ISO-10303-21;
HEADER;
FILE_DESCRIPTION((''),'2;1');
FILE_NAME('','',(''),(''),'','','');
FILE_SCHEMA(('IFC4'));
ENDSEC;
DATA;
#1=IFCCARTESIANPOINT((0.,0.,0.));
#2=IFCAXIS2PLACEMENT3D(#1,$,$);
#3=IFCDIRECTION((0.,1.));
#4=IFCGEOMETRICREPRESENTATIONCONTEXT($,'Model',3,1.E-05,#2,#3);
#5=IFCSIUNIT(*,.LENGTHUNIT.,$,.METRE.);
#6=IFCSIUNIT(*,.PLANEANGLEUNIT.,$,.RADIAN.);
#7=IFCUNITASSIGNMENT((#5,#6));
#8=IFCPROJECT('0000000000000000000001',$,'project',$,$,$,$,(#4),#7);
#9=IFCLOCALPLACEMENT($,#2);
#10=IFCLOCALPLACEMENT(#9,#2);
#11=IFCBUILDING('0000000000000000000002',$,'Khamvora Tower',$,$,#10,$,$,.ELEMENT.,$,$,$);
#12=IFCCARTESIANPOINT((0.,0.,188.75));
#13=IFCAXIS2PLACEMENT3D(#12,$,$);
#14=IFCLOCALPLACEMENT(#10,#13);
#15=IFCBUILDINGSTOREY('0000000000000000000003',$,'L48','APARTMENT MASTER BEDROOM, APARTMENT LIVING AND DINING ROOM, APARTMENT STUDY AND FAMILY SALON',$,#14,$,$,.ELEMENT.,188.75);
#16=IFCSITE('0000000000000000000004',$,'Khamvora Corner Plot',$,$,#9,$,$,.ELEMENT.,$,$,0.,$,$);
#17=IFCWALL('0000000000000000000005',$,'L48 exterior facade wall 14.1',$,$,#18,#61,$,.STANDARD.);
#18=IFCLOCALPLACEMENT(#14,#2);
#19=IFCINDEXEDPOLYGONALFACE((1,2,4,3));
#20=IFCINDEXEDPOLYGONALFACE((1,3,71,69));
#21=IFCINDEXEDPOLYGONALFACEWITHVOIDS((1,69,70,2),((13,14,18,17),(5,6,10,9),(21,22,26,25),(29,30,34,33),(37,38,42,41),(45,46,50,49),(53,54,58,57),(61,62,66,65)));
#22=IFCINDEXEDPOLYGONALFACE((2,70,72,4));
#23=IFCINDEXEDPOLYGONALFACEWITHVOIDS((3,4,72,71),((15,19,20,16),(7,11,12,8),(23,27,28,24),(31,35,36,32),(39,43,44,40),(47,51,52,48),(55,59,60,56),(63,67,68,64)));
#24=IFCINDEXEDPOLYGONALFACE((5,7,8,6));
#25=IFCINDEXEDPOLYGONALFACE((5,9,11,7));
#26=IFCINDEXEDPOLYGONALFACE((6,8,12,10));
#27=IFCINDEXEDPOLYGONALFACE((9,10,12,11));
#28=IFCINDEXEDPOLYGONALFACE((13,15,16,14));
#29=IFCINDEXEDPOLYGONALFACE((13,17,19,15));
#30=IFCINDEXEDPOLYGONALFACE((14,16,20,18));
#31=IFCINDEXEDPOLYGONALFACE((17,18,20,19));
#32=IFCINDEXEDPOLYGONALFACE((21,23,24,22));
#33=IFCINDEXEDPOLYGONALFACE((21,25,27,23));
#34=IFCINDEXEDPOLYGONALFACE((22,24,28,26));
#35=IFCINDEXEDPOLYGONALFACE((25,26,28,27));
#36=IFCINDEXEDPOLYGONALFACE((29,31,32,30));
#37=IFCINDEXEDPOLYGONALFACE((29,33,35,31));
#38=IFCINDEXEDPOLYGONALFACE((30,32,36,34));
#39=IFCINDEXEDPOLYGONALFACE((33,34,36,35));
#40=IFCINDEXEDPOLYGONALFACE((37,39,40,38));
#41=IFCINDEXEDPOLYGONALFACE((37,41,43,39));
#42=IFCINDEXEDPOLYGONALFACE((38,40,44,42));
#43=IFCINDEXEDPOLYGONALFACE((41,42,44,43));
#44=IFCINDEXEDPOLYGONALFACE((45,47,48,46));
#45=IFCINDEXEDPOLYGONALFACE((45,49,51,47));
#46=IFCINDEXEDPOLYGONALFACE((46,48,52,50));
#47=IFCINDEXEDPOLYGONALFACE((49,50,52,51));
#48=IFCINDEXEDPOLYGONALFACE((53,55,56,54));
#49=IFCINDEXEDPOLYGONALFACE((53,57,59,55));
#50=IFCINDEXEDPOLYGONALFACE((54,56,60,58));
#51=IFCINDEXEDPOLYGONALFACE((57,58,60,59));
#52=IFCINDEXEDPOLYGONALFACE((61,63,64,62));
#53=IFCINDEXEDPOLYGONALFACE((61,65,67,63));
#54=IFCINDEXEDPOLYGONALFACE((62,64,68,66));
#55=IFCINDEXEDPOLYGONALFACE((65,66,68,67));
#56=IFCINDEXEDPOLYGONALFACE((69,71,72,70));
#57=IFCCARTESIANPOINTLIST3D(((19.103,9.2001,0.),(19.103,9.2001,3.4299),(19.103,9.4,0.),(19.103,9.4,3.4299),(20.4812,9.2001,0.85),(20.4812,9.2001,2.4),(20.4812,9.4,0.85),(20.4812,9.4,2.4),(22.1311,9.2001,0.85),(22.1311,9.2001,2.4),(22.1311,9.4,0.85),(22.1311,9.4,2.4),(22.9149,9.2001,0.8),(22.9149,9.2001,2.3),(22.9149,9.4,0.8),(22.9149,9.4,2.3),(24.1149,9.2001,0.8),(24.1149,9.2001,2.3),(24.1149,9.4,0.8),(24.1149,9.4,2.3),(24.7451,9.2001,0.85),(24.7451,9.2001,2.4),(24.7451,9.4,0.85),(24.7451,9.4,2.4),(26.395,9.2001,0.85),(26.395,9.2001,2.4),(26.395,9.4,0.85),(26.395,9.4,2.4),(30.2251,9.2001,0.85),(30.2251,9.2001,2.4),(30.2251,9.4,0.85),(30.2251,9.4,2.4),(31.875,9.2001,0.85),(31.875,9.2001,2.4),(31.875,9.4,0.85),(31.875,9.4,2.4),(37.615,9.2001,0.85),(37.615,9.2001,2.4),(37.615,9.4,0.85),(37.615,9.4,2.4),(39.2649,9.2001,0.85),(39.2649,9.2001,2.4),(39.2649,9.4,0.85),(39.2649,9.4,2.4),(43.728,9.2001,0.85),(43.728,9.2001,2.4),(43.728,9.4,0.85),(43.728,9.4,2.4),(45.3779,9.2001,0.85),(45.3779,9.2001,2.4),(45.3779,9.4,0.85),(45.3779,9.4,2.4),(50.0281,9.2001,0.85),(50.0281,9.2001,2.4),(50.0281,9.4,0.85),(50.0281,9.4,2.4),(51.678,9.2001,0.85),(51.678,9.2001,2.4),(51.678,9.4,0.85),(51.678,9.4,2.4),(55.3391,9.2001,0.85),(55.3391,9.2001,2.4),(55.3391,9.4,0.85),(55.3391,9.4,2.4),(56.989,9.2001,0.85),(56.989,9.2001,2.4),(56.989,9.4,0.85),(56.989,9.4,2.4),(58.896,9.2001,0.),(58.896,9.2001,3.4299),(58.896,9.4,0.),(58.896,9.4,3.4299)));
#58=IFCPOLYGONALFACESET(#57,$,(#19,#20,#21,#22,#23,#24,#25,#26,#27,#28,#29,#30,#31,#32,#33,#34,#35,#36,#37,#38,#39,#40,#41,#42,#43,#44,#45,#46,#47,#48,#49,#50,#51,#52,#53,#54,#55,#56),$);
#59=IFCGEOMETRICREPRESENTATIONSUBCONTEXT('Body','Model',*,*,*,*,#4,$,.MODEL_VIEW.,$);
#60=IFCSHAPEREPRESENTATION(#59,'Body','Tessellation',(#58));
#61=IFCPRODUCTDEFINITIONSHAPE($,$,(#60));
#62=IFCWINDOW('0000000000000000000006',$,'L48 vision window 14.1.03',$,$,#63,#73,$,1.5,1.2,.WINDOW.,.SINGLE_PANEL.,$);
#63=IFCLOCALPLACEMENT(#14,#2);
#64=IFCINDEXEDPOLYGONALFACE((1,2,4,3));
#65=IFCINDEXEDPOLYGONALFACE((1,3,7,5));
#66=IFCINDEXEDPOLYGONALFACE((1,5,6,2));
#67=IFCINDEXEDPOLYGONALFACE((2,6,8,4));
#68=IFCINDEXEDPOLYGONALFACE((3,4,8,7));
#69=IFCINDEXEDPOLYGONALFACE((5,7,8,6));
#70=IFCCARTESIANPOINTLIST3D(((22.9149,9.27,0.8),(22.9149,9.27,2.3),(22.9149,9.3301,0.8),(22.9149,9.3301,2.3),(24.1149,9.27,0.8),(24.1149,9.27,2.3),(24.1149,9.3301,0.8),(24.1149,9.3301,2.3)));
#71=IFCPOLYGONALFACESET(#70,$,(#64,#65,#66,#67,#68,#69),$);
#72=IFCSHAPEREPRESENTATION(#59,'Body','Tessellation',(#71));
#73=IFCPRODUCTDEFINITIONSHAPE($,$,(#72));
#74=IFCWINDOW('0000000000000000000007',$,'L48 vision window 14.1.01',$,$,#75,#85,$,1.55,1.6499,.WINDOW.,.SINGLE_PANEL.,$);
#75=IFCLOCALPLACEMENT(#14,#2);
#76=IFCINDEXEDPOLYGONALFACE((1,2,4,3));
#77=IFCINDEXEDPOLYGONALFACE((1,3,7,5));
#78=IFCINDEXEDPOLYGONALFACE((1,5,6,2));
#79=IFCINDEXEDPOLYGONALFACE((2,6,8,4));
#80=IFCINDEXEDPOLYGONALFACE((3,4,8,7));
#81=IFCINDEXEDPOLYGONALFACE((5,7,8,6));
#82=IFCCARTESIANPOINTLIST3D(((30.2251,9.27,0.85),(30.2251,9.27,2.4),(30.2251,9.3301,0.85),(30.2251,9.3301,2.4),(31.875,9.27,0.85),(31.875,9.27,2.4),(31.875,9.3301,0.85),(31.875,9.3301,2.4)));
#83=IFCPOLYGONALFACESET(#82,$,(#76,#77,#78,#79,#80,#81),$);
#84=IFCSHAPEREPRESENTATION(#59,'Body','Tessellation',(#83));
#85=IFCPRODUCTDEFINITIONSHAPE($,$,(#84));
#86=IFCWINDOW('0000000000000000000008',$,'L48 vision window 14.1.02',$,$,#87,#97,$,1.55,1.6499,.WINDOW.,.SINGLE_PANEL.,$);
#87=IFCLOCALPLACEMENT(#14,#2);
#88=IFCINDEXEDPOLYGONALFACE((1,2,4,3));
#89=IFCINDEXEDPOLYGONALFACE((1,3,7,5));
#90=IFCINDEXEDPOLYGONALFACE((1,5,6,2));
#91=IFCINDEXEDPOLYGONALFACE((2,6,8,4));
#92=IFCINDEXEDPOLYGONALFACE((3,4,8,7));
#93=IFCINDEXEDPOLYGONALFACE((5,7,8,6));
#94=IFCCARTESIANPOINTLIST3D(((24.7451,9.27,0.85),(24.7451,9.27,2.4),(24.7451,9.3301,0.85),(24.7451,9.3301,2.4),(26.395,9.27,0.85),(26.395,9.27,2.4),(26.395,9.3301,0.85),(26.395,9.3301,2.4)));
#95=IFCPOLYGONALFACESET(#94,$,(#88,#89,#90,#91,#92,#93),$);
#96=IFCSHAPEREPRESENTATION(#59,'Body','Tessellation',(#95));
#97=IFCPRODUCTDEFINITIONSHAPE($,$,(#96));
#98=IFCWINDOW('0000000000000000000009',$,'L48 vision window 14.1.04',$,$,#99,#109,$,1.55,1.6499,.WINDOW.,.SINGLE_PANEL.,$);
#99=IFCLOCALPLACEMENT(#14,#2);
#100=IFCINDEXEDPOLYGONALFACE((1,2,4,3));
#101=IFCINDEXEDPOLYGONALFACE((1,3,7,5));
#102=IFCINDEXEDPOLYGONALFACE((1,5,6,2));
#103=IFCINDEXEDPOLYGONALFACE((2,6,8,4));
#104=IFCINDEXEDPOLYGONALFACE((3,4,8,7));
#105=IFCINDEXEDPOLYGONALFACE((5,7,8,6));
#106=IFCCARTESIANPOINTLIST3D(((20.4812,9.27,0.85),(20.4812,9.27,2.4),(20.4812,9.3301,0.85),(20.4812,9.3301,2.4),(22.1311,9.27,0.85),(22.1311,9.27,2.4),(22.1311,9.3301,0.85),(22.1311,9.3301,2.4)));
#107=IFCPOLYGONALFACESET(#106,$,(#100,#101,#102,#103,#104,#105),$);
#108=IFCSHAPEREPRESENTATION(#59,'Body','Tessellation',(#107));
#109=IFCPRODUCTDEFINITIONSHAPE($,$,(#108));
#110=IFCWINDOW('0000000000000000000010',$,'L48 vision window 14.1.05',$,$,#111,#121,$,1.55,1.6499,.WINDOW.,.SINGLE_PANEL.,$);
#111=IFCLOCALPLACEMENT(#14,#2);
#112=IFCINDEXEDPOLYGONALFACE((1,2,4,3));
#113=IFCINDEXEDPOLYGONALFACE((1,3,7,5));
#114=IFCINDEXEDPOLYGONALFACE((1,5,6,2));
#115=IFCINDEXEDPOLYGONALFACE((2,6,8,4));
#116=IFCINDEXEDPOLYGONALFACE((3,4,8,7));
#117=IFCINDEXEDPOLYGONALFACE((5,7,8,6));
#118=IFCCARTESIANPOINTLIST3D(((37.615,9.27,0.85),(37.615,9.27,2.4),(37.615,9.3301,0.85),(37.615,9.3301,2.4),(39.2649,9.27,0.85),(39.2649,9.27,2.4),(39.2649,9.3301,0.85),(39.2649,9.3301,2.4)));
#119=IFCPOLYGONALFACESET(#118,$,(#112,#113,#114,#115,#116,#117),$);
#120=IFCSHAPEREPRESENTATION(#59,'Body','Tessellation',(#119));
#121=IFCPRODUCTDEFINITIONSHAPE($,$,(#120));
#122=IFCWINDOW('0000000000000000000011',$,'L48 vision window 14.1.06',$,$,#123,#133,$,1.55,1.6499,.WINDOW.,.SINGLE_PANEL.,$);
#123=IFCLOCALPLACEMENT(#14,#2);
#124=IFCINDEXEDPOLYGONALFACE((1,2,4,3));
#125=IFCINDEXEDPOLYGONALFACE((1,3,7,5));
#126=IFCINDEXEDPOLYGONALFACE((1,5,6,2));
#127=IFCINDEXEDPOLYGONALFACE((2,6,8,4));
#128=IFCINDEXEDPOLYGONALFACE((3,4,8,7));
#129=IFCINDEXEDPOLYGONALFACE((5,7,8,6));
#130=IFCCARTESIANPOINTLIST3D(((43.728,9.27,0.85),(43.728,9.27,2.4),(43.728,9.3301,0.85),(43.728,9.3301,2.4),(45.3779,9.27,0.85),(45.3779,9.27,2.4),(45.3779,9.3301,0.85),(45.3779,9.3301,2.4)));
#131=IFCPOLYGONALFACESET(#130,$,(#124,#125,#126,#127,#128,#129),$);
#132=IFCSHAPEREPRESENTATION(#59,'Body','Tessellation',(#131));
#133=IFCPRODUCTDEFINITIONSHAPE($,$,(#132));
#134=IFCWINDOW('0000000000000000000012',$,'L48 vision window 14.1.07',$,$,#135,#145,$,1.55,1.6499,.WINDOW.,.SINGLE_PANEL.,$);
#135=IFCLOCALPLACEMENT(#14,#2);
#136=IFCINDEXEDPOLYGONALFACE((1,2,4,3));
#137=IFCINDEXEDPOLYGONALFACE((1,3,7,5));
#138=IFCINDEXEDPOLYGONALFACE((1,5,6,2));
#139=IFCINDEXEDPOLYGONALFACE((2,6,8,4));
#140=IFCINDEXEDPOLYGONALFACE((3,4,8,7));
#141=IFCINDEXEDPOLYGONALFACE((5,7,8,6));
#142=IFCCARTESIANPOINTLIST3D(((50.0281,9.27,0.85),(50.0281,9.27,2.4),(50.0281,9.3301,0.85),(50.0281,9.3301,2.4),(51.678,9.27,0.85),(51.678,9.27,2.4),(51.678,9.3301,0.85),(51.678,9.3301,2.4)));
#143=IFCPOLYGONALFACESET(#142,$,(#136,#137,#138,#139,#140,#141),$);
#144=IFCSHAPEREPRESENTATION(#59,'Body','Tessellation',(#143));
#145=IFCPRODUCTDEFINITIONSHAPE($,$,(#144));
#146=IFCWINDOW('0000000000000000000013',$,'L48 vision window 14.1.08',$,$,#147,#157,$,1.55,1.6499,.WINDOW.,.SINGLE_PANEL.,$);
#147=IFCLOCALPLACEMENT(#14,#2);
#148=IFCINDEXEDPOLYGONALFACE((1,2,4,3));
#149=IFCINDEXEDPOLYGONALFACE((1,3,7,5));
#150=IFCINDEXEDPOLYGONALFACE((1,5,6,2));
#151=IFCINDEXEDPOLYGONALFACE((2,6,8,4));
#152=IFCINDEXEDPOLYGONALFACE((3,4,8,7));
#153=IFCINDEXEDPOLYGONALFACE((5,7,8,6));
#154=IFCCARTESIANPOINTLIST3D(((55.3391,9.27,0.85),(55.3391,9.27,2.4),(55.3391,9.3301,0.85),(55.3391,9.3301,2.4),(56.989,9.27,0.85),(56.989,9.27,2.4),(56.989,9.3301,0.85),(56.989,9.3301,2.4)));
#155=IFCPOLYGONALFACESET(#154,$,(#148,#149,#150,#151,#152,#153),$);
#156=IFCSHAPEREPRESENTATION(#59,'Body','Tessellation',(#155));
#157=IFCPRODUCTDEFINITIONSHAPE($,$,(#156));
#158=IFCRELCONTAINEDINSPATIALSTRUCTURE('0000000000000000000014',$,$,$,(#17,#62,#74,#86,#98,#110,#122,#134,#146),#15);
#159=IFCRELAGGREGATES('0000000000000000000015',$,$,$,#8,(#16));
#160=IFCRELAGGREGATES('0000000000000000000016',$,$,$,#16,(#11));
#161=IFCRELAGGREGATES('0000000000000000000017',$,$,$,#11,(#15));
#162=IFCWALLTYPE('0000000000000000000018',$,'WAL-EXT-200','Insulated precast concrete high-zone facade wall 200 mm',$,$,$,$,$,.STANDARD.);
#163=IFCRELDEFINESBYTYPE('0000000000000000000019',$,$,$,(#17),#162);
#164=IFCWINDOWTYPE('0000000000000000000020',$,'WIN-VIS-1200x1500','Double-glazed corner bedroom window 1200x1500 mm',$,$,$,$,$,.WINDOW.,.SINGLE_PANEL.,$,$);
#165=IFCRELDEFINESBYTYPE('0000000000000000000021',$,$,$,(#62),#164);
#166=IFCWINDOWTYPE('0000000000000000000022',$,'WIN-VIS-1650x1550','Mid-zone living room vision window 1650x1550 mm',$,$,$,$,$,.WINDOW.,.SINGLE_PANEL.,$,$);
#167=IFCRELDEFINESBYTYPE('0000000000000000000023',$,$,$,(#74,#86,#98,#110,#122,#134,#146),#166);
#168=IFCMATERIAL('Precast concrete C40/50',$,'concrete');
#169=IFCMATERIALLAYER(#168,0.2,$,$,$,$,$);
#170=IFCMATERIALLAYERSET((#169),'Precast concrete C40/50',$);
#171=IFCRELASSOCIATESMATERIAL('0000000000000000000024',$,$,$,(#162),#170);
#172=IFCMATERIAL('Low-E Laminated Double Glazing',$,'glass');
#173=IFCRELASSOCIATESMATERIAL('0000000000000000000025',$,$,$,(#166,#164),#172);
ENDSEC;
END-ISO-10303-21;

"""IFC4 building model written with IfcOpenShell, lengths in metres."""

from ifc_helpers import new_model, si_unit, direction, frame, frame_2d, origin, place, context, subcontext, project, spatial, rectangle, extrude, material, layer, layer_set, type_object, element, fill, save


model = new_model("IFC4")

# Units and contexts
model_context = context("Model", 3, precision=1e-05, world=origin(), true_north=direction((0.0, 1.0)))
body_context = subcontext(model_context, "Body", "Model", "MODEL_VIEW")
ifc_project = project(units=[si_unit("LENGTHUNIT", "METRE"), si_unit("PLANEANGLEUNIT", "RADIAN")], contexts=[model_context])

# Site, building, storey
site_placement = place(None, origin())
site = spatial("IfcSite", under=ifc_project, at=site_placement, Name="Khamvora Corner Plot", CompositionType="ELEMENT", RefElevation=0.0)
building_placement = place(site_placement, origin())
building = spatial("IfcBuilding", under=site, at=building_placement, Name="Khamvora Tower", CompositionType="ELEMENT")
storey_placement = place(building_placement, frame((0.0, 0.0, 188.75)))
storey = spatial("IfcBuildingStorey", under=building, at=storey_placement, Name="L48", Description="APARTMENT MASTER BEDROOM, APARTMENT LIVING AND DINING ROOM, APARTMENT STUDY AND FAMILY SALON", CompositionType="ELEMENT", Elevation=188.75)

# Shared definitions
ifc_material_1 = material(Name="Precast concrete C40/50", Category="concrete")
ifc_layer_1 = layer(ifc_material_1, 0.2)
ifc_layer_set_1 = layer_set([ifc_layer_1], Name="Precast concrete C40/50")
wall_type_1 = type_object("IfcWallType", Name="WAL-EXT-200", Description="Insulated precast concrete high-zone facade wall 200 mm", PredefinedType="STANDARD", material=ifc_layer_set_1)
ifc_material_2 = material(Name="Low-E Laminated Double Glazing", Category="glass")
window_type_1 = type_object("IfcWindowType", Name="WIN-VIS-1650x1550", Description="Mid-zone living room vision window 1650x1550 mm", PartitioningType="SINGLE_PANEL", PredefinedType="WINDOW", material=ifc_material_2)

# Wall, openings, windows
wall_1_placement = place(storey_placement, frame((58.896, 9.3, 0.0), z_axis=(0.0, 0.0, 1.0), x_axis=(-1.0, 0.0, 0.0)))
wall_1 = element("IfcWall", 1, at=wall_1_placement, inside=storey, type_object=wall_type_1, Name="L48 exterior facade wall 14.1", PredefinedType="STANDARD", context=body_context, shape_type="SweptSolid", body=[
    extrude(rectangle(XDim=39.793, YDim=0.2, at=frame_2d((19.8965, 0.0))), origin(), (0.0, 0.0, 1.0), 3.4299),
])
opening_1_placement = place(wall_1_placement, frame((27.021, 0.0, 0.8501)))
opening_1 = element("IfcOpeningElement", 2, at=opening_1_placement, cuts=wall_1, PredefinedType="OPENING", context=body_context, shape_type="SweptSolid", body=[
    extrude(rectangle(XDim=1.6499, YDim=1.55, at=frame_2d((0.825, 0.7749))), frame((0.0, 0.1099, 0.0), z_axis=(0.0, -1.0, 0.0), x_axis=(1.0, 0.0, 0.0)), (0.0, 0.0, 1.0), 0.22),
])
opening_2_placement = place(wall_1_placement, frame((32.501, 0.0, 0.8501)))
opening_2 = element("IfcOpeningElement", 3, at=opening_2_placement, cuts=wall_1, PredefinedType="OPENING", context=body_context, shape_type="SweptSolid", body=[
    extrude(rectangle(XDim=1.6499, YDim=1.55, at=frame_2d((0.825, 0.7749))), frame((0.0, 0.1099, 0.0), z_axis=(0.0, -1.0, 0.0), x_axis=(1.0, 0.0, 0.0)), (0.0, 0.0, 1.0), 0.22),
])
opening_3_placement = place(wall_1_placement, frame((34.781, 0.0, 0.8)))
opening_3 = element("IfcOpeningElement", 4, at=opening_3_placement, cuts=wall_1, PredefinedType="OPENING", context=body_context, shape_type="SweptSolid", body=[
    extrude(rectangle(XDim=1.2, YDim=1.5, at=frame_2d((0.6001, 0.75))), frame((0.0, 0.1099, 0.0), z_axis=(0.0, -1.0, 0.0), x_axis=(1.0, 0.0, 0.0)), (0.0, 0.0, 1.0), 0.22),
])
opening_4_placement = place(wall_1_placement, frame((36.7649, 0.0, 0.8501)))
opening_4 = element("IfcOpeningElement", 5, at=opening_4_placement, cuts=wall_1, PredefinedType="OPENING", context=body_context, shape_type="SweptSolid", body=[
    extrude(rectangle(XDim=1.6499, YDim=1.55, at=frame_2d((0.825, 0.7749))), frame((0.0, 0.1099, 0.0), z_axis=(0.0, -1.0, 0.0), x_axis=(1.0, 0.0, 0.0)), (0.0, 0.0, 1.0), 0.22),
])
opening_5_placement = place(wall_1_placement, frame((19.6311, 0.0, 0.8501)))
opening_5 = element("IfcOpeningElement", 6, at=opening_5_placement, cuts=wall_1, PredefinedType="OPENING", context=body_context, shape_type="SweptSolid", body=[
    extrude(rectangle(XDim=1.6499, YDim=1.55, at=frame_2d((0.825, 0.7749))), frame((0.0, 0.1099, 0.0), z_axis=(0.0, -1.0, 0.0), x_axis=(1.0, 0.0, 0.0)), (0.0, 0.0, 1.0), 0.22),
])
opening_6_placement = place(wall_1_placement, frame((13.5181, 0.0, 0.8501)))
opening_6 = element("IfcOpeningElement", 7, at=opening_6_placement, cuts=wall_1, PredefinedType="OPENING", context=body_context, shape_type="SweptSolid", body=[
    extrude(rectangle(XDim=1.6499, YDim=1.55, at=frame_2d((0.825, 0.7749))), frame((0.0, 0.1099, 0.0), z_axis=(0.0, -1.0, 0.0), x_axis=(1.0, 0.0, 0.0)), (0.0, 0.0, 1.0), 0.22),
])
opening_7_placement = place(wall_1_placement, frame((7.218, 0.0, 0.8501)))
opening_7 = element("IfcOpeningElement", 8, at=opening_7_placement, cuts=wall_1, PredefinedType="OPENING", context=body_context, shape_type="SweptSolid", body=[
    extrude(rectangle(XDim=1.6499, YDim=1.55, at=frame_2d((0.825, 0.7749))), frame((0.0, 0.1099, 0.0), z_axis=(0.0, -1.0, 0.0), x_axis=(1.0, 0.0, 0.0)), (0.0, 0.0, 1.0), 0.22),
])
opening_8_placement = place(wall_1_placement, frame((1.907, 0.0, 0.8501)))
opening_8 = element("IfcOpeningElement", 9, at=opening_8_placement, cuts=wall_1, PredefinedType="OPENING", context=body_context, shape_type="SweptSolid", body=[
    extrude(rectangle(XDim=1.6499, YDim=1.55, at=frame_2d((0.825, 0.7749))), frame((0.0, 0.1099, 0.0), z_axis=(0.0, -1.0, 0.0), x_axis=(1.0, 0.0, 0.0)), (0.0, 0.0, 1.0), 0.22),
])
window_type_2 = type_object("IfcWindowType", Name="WIN-VIS-1200x1500", Description="Double-glazed corner bedroom window 1200x1500 mm", PartitioningType="SINGLE_PANEL", PredefinedType="WINDOW", material=ifc_material_2)
window_1_placement = place(opening_3_placement, origin())
window_1 = element("IfcWindow", 10, at=window_1_placement, inside=storey, type_object=window_type_2, Name="L48 vision window 14.1.03", OverallHeight=1.5, OverallWidth=1.2, PartitioningType="SINGLE_PANEL", PredefinedType="WINDOW", context=body_context, shape_type="SweptSolid", body=[
    extrude(rectangle(XDim=1.2, YDim=1.5, at=frame_2d((0.6001, 0.75))), frame((0.0, 0.03, 0.0), z_axis=(0.0, -1.0, 0.0), x_axis=(1.0, 0.0, 0.0)), (0.0, 0.0, 1.0), 0.0601),
])
fill(opening_3, window_1)
window_2_placement = place(opening_1_placement, origin())
window_2 = element("IfcWindow", 11, at=window_2_placement, inside=storey, type_object=window_type_1, Name="L48 vision window 14.1.01", OverallHeight=1.55, OverallWidth=1.6499, PartitioningType="SINGLE_PANEL", PredefinedType="WINDOW", context=body_context, shape_type="SweptSolid", body=[
    extrude(rectangle(XDim=1.6499, YDim=1.55, at=frame_2d((0.825, 0.7749))), frame((0.0, 0.03, 0.0), z_axis=(0.0, -1.0, 0.0), x_axis=(1.0, 0.0, 0.0)), (0.0, 0.0, 1.0), 0.0601),
])
fill(opening_1, window_2)
window_3_placement = place(opening_2_placement, origin())
window_3 = element("IfcWindow", 12, at=window_3_placement, inside=storey, type_object=window_type_1, Name="L48 vision window 14.1.02", OverallHeight=1.55, OverallWidth=1.6499, PartitioningType="SINGLE_PANEL", PredefinedType="WINDOW", context=body_context, shape_type="SweptSolid", body=[
    extrude(rectangle(XDim=1.6499, YDim=1.55, at=frame_2d((0.825, 0.7749))), frame((0.0, 0.03, 0.0), z_axis=(0.0, -1.0, 0.0), x_axis=(1.0, 0.0, 0.0)), (0.0, 0.0, 1.0), 0.0601),
])
fill(opening_2, window_3)
window_4_placement = place(opening_4_placement, origin())
window_4 = element("IfcWindow", 13, at=window_4_placement, inside=storey, type_object=window_type_1, Name="L48 vision window 14.1.04", OverallHeight=1.55, OverallWidth=1.6499, PartitioningType="SINGLE_PANEL", PredefinedType="WINDOW", context=body_context, shape_type="SweptSolid", body=[
    extrude(rectangle(XDim=1.6499, YDim=1.55, at=frame_2d((0.825, 0.7749))), frame((0.0, 0.03, 0.0), z_axis=(0.0, -1.0, 0.0), x_axis=(1.0, 0.0, 0.0)), (0.0, 0.0, 1.0), 0.0601),
])
fill(opening_4, window_4)
window_5_placement = place(opening_5_placement, origin())
window_5 = element("IfcWindow", 14, at=window_5_placement, inside=storey, type_object=window_type_1, Name="L48 vision window 14.1.05", OverallHeight=1.55, OverallWidth=1.6499, PartitioningType="SINGLE_PANEL", PredefinedType="WINDOW", context=body_context, shape_type="SweptSolid", body=[
    extrude(rectangle(XDim=1.6499, YDim=1.55, at=frame_2d((0.825, 0.7749))), frame((0.0, 0.03, 0.0), z_axis=(0.0, -1.0, 0.0), x_axis=(1.0, 0.0, 0.0)), (0.0, 0.0, 1.0), 0.0601),
])
fill(opening_5, window_5)
window_6_placement = place(opening_6_placement, origin())
window_6 = element("IfcWindow", 15, at=window_6_placement, inside=storey, type_object=window_type_1, Name="L48 vision window 14.1.06", OverallHeight=1.55, OverallWidth=1.6499, PartitioningType="SINGLE_PANEL", PredefinedType="WINDOW", context=body_context, shape_type="SweptSolid", body=[
    extrude(rectangle(XDim=1.6499, YDim=1.55, at=frame_2d((0.825, 0.7749))), frame((0.0, 0.03, 0.0), z_axis=(0.0, -1.0, 0.0), x_axis=(1.0, 0.0, 0.0)), (0.0, 0.0, 1.0), 0.0601),
])
fill(opening_6, window_6)
window_7_placement = place(opening_7_placement, origin())
window_7 = element("IfcWindow", 16, at=window_7_placement, inside=storey, type_object=window_type_1, Name="L48 vision window 14.1.07", OverallHeight=1.55, OverallWidth=1.6499, PartitioningType="SINGLE_PANEL", PredefinedType="WINDOW", context=body_context, shape_type="SweptSolid", body=[
    extrude(rectangle(XDim=1.6499, YDim=1.55, at=frame_2d((0.825, 0.7749))), frame((0.0, 0.03, 0.0), z_axis=(0.0, -1.0, 0.0), x_axis=(1.0, 0.0, 0.0)), (0.0, 0.0, 1.0), 0.0601),
])
fill(opening_7, window_7)
window_8_placement = place(opening_8_placement, origin())
window_8 = element("IfcWindow", 17, at=window_8_placement, inside=storey, type_object=window_type_1, Name="L48 vision window 14.1.08", OverallHeight=1.55, OverallWidth=1.6499, PartitioningType="SINGLE_PANEL", PredefinedType="WINDOW", context=body_context, shape_type="SweptSolid", body=[
    extrude(rectangle(XDim=1.6499, YDim=1.55, at=frame_2d((0.825, 0.7749))), frame((0.0, 0.03, 0.0), z_axis=(0.0, -1.0, 0.0), x_axis=(1.0, 0.0, 0.0)), (0.0, 0.0, 1.0), 0.0601),
])
fill(opening_8, window_8)

save(model, "model.ifc")
